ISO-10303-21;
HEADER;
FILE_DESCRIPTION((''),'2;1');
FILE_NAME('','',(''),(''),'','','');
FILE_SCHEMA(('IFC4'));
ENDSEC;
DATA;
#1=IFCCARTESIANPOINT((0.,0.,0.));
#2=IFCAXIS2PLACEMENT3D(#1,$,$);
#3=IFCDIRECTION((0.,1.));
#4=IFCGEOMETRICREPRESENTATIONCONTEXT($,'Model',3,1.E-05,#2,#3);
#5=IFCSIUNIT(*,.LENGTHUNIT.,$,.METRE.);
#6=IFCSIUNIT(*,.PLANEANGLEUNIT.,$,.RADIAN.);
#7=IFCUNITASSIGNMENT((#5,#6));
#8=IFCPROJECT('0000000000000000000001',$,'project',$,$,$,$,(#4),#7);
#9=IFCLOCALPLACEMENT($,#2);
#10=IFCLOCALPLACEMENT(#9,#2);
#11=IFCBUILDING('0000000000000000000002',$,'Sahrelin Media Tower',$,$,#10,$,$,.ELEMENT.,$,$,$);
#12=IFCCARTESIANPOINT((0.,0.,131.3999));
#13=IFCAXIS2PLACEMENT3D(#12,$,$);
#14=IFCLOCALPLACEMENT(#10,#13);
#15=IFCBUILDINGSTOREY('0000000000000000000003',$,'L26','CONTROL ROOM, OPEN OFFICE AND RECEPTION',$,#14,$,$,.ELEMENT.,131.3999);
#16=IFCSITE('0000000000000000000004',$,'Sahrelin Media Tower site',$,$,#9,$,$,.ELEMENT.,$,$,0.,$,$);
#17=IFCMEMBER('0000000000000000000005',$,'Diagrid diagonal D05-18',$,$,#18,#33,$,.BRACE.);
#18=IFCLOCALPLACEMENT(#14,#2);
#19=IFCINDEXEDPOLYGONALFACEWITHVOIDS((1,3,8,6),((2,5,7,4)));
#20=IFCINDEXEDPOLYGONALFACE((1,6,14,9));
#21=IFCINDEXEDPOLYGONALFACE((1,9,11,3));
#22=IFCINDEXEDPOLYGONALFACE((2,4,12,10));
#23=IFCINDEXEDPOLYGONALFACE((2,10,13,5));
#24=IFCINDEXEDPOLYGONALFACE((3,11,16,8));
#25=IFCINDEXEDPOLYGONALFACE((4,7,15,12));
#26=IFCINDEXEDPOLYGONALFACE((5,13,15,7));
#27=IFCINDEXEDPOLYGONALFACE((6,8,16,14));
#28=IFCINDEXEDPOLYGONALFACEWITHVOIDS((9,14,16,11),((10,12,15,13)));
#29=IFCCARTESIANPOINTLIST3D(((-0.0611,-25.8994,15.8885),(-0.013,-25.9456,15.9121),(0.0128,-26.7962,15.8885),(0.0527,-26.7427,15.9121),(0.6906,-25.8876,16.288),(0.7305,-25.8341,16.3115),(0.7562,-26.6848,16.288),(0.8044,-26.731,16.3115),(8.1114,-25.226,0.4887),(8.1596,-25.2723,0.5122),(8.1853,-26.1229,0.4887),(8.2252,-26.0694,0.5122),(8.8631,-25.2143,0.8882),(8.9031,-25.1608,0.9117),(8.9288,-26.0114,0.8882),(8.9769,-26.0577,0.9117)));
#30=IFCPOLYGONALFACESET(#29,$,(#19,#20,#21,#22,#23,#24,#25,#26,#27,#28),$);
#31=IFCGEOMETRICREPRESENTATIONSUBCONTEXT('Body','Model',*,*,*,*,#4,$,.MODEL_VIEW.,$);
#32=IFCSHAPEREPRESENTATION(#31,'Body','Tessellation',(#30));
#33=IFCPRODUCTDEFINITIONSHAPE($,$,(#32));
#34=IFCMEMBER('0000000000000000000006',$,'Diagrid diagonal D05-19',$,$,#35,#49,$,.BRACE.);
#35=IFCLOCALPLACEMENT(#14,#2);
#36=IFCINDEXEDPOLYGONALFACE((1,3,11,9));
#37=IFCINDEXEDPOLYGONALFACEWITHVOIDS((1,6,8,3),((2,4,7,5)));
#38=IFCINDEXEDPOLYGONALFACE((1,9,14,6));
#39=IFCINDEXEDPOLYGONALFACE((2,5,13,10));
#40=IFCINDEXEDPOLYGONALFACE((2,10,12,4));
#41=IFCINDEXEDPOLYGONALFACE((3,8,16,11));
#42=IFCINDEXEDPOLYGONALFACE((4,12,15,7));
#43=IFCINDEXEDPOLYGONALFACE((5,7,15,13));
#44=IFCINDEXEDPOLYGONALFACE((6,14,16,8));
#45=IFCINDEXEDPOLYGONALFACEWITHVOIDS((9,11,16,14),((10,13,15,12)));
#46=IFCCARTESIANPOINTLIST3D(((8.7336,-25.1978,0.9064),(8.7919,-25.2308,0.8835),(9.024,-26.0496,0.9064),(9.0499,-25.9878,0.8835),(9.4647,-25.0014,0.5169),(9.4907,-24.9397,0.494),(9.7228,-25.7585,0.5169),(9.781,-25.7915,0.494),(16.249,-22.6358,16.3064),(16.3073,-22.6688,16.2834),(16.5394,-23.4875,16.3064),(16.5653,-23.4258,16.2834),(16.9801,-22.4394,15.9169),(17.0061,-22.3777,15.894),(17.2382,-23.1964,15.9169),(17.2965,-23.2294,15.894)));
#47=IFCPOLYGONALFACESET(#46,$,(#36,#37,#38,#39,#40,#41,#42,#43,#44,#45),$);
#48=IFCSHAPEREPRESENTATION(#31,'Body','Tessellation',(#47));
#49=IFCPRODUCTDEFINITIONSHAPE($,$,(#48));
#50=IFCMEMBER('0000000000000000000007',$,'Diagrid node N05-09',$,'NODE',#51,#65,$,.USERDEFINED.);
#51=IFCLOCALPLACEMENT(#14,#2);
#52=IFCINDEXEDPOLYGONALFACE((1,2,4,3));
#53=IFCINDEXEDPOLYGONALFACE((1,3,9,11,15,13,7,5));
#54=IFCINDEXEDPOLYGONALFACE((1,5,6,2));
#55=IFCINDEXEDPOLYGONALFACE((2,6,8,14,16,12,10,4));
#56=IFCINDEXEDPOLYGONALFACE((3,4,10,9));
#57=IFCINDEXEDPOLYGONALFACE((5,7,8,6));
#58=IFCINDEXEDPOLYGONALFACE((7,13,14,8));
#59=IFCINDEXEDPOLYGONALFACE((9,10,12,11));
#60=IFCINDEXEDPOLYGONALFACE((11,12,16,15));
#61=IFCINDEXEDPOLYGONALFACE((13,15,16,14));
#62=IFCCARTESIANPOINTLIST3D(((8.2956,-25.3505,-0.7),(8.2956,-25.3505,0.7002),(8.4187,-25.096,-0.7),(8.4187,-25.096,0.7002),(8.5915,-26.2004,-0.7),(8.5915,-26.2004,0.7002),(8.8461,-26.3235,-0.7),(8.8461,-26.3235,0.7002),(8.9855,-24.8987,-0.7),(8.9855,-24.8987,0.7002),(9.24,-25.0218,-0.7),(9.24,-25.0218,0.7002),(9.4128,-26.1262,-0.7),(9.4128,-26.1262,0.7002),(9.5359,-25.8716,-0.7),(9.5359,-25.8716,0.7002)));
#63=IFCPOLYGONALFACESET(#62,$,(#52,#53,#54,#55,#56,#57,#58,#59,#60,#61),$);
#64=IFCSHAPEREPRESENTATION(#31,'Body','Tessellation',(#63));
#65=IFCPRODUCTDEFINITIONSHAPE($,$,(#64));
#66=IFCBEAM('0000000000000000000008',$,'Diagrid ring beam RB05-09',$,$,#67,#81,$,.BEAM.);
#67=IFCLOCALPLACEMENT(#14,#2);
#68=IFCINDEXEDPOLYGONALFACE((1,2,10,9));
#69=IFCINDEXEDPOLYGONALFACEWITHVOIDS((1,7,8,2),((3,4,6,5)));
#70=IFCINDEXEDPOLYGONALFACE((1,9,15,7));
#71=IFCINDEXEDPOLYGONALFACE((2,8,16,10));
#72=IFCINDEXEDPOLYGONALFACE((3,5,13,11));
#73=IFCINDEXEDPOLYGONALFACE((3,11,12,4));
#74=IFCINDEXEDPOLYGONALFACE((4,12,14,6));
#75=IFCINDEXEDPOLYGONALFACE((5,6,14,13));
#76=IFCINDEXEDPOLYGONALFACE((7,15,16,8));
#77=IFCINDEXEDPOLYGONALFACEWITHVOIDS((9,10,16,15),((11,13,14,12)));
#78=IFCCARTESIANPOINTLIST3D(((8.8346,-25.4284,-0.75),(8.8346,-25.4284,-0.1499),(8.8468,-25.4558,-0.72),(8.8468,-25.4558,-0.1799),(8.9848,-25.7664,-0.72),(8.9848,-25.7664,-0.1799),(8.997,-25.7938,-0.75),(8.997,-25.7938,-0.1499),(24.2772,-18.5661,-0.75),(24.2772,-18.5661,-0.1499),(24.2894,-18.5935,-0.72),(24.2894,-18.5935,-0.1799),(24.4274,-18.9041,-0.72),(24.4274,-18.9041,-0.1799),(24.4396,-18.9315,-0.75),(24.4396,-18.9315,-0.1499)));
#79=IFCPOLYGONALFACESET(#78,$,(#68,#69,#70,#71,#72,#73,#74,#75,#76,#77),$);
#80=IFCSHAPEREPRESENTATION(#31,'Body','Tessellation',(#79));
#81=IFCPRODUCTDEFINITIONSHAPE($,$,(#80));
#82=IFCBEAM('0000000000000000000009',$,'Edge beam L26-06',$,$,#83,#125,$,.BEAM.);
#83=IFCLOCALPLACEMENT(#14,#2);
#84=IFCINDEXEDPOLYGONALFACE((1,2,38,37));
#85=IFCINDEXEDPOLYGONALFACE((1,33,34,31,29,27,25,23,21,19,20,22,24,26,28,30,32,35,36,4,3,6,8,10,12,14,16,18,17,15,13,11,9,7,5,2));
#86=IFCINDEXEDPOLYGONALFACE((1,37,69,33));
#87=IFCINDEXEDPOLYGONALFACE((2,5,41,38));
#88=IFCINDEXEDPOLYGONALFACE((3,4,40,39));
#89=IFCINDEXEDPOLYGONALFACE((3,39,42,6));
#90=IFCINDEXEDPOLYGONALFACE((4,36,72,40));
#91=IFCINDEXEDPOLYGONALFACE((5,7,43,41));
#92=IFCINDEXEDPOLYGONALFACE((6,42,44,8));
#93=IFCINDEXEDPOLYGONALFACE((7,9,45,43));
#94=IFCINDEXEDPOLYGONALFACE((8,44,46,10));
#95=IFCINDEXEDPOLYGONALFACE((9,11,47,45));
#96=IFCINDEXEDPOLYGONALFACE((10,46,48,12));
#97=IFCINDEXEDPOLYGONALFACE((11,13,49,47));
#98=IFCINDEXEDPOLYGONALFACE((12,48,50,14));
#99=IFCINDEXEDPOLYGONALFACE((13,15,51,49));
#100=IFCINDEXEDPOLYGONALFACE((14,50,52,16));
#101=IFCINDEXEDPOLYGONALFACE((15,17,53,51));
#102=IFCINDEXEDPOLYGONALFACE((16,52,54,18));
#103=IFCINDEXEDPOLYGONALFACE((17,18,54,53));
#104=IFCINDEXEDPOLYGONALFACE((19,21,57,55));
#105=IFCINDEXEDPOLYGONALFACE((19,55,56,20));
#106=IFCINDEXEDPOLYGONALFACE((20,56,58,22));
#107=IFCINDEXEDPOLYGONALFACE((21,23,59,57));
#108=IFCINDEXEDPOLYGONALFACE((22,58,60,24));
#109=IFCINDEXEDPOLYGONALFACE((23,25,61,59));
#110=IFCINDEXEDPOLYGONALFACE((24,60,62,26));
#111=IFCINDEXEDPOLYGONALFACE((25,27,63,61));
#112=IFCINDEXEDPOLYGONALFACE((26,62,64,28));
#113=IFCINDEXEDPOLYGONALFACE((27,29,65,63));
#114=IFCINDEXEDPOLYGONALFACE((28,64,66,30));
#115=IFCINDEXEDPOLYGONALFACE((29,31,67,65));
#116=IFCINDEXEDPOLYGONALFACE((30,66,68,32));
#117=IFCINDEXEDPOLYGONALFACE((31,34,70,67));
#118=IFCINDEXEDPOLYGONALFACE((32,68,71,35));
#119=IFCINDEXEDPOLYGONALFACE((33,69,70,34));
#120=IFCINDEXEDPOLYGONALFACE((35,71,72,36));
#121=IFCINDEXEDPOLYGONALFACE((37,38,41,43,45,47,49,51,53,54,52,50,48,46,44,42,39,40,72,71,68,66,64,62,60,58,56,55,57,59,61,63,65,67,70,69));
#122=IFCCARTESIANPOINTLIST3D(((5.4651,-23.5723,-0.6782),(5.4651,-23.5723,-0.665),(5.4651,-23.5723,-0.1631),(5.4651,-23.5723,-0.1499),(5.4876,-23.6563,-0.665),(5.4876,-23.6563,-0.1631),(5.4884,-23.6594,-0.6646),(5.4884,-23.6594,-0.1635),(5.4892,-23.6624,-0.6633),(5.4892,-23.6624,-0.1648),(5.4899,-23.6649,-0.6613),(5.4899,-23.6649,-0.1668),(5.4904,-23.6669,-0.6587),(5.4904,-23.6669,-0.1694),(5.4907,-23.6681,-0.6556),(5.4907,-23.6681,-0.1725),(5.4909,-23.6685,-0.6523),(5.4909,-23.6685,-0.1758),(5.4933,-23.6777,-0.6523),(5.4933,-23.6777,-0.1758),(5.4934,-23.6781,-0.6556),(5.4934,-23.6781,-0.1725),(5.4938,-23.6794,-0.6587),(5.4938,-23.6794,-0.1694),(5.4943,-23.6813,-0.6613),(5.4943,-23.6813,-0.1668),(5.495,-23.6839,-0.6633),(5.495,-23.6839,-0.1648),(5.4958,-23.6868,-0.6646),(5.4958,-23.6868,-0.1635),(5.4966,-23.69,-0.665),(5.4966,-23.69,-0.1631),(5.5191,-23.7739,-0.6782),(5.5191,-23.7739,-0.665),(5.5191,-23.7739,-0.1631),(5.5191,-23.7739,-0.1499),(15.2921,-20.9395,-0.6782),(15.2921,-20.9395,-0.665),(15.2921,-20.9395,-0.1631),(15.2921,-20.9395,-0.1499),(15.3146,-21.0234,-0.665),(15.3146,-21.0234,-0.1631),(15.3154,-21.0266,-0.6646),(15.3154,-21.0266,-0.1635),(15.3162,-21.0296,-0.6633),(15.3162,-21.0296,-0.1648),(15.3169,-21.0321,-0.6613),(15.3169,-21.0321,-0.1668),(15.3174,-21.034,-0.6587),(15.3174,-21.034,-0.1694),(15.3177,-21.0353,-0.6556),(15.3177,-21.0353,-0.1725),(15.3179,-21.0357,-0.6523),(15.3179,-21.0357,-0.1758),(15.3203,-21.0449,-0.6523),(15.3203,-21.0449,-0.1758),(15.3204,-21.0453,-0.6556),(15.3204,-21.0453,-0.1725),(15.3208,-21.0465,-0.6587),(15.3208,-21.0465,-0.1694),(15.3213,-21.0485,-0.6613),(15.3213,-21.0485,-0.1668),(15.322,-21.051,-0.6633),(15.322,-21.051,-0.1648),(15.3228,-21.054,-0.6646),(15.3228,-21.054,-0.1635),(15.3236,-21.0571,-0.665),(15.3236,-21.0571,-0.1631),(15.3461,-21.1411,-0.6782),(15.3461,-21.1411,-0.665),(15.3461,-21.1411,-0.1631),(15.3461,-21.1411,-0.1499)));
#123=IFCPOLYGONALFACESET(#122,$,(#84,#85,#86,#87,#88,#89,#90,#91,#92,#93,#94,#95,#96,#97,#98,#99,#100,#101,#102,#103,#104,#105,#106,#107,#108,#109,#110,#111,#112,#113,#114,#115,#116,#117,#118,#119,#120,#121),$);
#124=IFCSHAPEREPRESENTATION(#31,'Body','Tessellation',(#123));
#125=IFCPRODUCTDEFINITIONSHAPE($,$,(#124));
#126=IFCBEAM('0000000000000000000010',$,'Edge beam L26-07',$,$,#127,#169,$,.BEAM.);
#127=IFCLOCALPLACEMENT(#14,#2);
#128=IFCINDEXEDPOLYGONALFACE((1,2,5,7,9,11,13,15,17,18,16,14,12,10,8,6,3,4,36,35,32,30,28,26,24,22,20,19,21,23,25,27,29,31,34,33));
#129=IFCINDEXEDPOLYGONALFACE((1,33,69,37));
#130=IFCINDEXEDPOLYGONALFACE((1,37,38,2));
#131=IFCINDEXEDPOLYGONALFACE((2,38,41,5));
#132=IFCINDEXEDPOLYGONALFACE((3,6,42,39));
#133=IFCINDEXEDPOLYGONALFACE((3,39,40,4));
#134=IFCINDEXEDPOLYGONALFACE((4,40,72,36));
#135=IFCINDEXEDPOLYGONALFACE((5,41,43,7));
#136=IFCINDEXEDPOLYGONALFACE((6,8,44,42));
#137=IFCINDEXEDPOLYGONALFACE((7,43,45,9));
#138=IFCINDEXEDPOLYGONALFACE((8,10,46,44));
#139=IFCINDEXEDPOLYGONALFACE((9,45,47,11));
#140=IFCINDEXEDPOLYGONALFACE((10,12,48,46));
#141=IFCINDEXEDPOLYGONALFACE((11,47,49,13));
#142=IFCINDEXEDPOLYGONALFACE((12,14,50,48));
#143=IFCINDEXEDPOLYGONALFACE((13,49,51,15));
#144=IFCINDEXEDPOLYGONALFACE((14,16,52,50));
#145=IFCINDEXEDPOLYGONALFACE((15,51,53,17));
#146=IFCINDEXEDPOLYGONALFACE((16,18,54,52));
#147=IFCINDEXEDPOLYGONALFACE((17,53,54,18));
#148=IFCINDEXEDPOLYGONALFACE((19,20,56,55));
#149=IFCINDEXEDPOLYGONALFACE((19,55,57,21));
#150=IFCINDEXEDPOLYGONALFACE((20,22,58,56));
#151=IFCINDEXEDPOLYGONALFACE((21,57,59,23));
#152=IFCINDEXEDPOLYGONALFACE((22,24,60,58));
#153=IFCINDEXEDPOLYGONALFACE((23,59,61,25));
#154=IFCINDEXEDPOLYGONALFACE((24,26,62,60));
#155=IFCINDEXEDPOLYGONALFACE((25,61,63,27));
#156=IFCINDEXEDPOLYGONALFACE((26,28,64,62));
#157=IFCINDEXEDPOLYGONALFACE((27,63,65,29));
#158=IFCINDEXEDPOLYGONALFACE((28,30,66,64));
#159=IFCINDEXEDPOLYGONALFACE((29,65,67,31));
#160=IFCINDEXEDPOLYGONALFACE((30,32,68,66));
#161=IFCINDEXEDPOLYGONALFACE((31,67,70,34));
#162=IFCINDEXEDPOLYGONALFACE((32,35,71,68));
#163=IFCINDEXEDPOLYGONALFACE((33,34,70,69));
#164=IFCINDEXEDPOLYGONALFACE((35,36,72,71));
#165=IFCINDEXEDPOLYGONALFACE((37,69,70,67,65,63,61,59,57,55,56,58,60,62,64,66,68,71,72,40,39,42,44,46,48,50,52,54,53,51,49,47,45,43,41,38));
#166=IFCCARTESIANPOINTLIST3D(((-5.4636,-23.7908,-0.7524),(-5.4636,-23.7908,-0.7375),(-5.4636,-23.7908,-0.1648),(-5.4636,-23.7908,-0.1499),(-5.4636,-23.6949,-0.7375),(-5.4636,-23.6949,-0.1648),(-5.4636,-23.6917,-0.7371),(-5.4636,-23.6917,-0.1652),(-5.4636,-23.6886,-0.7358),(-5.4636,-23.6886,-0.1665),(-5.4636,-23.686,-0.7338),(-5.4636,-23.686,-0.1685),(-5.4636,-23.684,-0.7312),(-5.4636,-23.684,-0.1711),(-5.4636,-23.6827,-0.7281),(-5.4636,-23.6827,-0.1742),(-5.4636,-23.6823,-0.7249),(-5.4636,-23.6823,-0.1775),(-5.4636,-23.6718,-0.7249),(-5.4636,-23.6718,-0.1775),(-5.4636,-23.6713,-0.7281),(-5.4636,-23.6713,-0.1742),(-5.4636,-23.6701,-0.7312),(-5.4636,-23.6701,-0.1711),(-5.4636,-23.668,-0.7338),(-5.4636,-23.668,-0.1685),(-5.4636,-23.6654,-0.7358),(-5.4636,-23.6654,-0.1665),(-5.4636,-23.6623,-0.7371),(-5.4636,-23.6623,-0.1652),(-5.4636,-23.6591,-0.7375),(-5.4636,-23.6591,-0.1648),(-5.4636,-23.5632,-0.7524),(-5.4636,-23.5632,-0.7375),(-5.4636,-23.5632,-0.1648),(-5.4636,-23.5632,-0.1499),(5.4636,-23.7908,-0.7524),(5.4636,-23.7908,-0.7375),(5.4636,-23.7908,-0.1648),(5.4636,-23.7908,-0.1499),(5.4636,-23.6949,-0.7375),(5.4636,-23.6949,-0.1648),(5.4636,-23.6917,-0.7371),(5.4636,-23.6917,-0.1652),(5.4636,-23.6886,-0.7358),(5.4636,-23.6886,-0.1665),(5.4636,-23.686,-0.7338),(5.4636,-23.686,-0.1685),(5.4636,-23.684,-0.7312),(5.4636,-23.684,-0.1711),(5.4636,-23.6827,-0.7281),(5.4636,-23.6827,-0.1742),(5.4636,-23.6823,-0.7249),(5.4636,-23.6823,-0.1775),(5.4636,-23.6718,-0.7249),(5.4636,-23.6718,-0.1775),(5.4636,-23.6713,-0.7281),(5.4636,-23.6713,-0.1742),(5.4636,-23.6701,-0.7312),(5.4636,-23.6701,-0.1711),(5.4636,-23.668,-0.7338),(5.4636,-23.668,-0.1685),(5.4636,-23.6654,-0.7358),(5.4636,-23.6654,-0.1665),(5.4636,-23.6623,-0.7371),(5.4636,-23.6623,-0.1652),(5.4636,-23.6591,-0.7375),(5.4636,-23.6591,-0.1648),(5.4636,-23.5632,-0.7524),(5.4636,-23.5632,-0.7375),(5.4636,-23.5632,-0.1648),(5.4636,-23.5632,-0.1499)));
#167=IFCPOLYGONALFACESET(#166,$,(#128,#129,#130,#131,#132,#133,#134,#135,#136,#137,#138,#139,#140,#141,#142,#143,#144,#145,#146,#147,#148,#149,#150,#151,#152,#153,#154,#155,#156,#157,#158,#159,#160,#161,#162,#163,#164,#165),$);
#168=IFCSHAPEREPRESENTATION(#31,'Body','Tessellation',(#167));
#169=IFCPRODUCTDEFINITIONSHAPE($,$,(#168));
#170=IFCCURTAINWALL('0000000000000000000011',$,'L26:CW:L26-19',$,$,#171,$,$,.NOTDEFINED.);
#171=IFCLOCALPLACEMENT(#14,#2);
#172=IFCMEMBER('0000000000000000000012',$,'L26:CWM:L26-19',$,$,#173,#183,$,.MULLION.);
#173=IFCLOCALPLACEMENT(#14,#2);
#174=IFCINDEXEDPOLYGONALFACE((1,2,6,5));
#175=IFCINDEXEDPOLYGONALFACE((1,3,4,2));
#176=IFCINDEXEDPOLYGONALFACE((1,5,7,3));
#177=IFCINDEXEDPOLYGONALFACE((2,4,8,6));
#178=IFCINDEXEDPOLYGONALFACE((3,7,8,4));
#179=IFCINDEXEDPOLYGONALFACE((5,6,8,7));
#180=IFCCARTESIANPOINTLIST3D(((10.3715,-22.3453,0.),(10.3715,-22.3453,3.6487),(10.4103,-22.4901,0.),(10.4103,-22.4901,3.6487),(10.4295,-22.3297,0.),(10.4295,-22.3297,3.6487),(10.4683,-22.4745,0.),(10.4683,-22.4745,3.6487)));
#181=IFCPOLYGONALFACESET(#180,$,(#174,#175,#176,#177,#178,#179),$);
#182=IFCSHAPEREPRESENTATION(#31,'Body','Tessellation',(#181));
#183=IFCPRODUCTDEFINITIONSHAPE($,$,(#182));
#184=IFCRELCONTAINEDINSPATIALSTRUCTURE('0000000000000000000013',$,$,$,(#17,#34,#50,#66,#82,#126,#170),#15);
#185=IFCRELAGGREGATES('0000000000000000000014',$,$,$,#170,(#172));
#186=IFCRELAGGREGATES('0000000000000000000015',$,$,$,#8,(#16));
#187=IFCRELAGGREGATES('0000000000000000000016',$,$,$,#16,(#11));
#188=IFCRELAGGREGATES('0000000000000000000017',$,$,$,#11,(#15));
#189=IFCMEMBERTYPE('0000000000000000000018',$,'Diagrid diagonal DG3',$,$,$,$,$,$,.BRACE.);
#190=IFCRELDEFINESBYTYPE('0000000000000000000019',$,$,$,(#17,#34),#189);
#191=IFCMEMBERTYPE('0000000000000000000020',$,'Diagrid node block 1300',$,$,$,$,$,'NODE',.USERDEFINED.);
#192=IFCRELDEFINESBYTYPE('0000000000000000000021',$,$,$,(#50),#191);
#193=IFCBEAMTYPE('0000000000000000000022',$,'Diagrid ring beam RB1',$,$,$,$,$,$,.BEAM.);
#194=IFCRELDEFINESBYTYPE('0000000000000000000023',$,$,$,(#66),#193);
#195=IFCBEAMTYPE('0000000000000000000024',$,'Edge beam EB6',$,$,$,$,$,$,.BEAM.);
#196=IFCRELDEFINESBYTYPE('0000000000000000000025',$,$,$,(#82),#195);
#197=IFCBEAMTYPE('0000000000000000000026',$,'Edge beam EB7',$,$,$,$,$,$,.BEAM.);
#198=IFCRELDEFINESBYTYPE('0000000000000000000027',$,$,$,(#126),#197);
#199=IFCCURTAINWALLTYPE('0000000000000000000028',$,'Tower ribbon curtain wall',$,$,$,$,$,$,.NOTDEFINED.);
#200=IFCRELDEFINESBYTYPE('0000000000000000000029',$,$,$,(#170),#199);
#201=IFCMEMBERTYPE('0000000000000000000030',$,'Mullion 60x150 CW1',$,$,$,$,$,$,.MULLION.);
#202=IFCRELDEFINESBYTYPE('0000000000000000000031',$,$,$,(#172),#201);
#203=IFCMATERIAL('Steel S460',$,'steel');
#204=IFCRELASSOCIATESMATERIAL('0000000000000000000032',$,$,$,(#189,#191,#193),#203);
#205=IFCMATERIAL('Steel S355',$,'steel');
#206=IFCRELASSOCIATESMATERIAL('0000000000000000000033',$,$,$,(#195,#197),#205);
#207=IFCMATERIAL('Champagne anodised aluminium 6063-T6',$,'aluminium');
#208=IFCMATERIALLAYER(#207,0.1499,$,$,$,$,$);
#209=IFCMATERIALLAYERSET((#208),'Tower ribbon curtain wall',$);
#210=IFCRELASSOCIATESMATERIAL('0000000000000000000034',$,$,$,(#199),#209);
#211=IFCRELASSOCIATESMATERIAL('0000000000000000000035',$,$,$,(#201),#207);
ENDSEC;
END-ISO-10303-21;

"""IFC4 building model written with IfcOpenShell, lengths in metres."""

from ifc_helpers import new_model, si_unit, direction, frame, origin, origin_2d, place, context, subcontext, project, spatial, polyline, rectangle, hollow_rectangle, i_section, outline, extrude, material, layer, layer_set, material_profile, profile_set, type_object, element, aggregate, save


model = new_model("IFC4")

# Units and contexts
model_context = context("Model", 3, precision=1e-05, world=origin(), true_north=direction((0.0, 1.0)))
body_context = subcontext(model_context, "Body", "Model", "MODEL_VIEW")
ifc_project = project(units=[si_unit("LENGTHUNIT", "METRE"), si_unit("PLANEANGLEUNIT", "RADIAN")], contexts=[model_context])

# Site, building, storey
site_placement = place(None, origin())
site = spatial("IfcSite", under=ifc_project, at=site_placement, Name="Sahrelin Media Tower site", CompositionType="ELEMENT", RefElevation=0.0)
building_placement = place(site_placement, origin())
building = spatial("IfcBuilding", under=site, at=building_placement, Name="Sahrelin Media Tower", CompositionType="ELEMENT")
storey_placement = place(building_placement, frame((0.0, 0.0, 131.3999)))
storey = spatial("IfcBuildingStorey", under=building, at=storey_placement, Name="L26", Description="CONTROL ROOM, OPEN OFFICE AND RECEPTION", CompositionType="ELEMENT", Elevation=131.3999)

# Members
ifc_material_1 = material(Name="Steel S460", Category="steel")
ifc_material_profile_1 = material_profile(ifc_material_1, hollow_rectangle(XDim=0.8999, YDim=0.8999, WallThickness=0.05, at=origin_2d()), Name="Diagrid diagonal DG3")
ifc_profile_set_1 = profile_set([ifc_material_profile_1], Name="Steel S460")
member_type_1 = type_object("IfcMemberType", Name="Diagrid diagonal DG3", PredefinedType="BRACE", material=ifc_profile_set_1)
member_1_placement = place(storey_placement, frame((8.5442, -25.6418, 0.7002), z_axis=(-0.468422, -0.038593, 0.882662), x_axis=(0.082112, -0.996623, 0.0)))
element("IfcMember", 1, at=member_1_placement, inside=storey, type_object=member_type_1, Name="Diagrid diagonal D05-18", PredefinedType="BRACE", context=body_context, shape_type="SweptSolid", body=[
    extrude(hollow_rectangle(XDim=0.8999, YDim=0.8999, WallThickness=0.05, at=origin_2d()), origin(), (0.0, 0.0, 1.0), 17.447),
])
member_2_placement = place(storey_placement, frame((9.2573, -25.4946, 0.7002), z_axis=(0.433755, 0.147868, 0.888815), x_axis=(-0.322668, 0.946512, 0.0)))
element("IfcMember", 2, at=member_2_placement, inside=storey, type_object=member_type_1, Name="Diagrid diagonal D05-19", PredefinedType="BRACE", context=body_context, shape_type="SweptSolid", body=[
    extrude(hollow_rectangle(XDim=0.8999, YDim=0.8999, WallThickness=0.05, at=origin_2d()), origin(), (0.0, 0.0, 1.0), 17.3264),
])
ifc_material_profile_2 = material_profile(ifc_material_1, outline(polyline([(0.45, -0.5), (0.6499, -0.3), (0.6499, 0.3), (0.45, 0.5), (-0.45, 0.5), (-0.6499, 0.3), (-0.6499, -0.3), (-0.45, -0.5), (0.45, -0.5)])), Name="Diagrid node block 1300")
ifc_profile_set_2 = profile_set([ifc_material_profile_2], Name="Steel S460")
member_type_2 = type_object("IfcMemberType", Name="Diagrid node block 1300", ElementType="NODE", PredefinedType="USERDEFINED", material=ifc_profile_set_2)
member_3_placement = place(storey_placement, frame((8.9158, -25.6111, -0.7), z_axis=(0.0, 0.0, 1.0), x_axis=(0.328769, -0.94441, 0.0)))
element("IfcMember", 3, at=member_3_placement, inside=storey, type_object=member_type_2, Name="Diagrid node N05-09", ObjectType="NODE", PredefinedType="USERDEFINED", context=body_context, shape_type="SweptSolid", body=[
    extrude(outline(polyline([(0.45, -0.5), (0.6499, -0.3), (0.6499, 0.3), (0.45, 0.5), (-0.45, 0.5), (-0.6499, 0.3), (-0.6499, -0.3), (-0.45, -0.5), (0.45, -0.5)])), origin(), (0.0, 0.0, 1.0), 1.4001),
])

# Beams
ifc_material_profile_3 = material_profile(ifc_material_1, hollow_rectangle(XDim=0.3999, YDim=0.6001, WallThickness=0.03, at=origin_2d()), Name="Diagrid ring beam RB1")
ifc_profile_set_3 = profile_set([ifc_material_profile_3], Name="Steel S460")
beam_type_1 = type_object("IfcBeamType", Name="Diagrid ring beam RB1", PredefinedType="BEAM", material=ifc_profile_set_3)
beam_1_placement = place(storey_placement, frame((8.9158, -25.6111, -0.45), z_axis=(0.913835, 0.406085, 0.0), x_axis=(-0.406085, 0.913835, 0.0)))
element("IfcBeam", 4, at=beam_1_placement, inside=storey, type_object=beam_type_1, Name="Diagrid ring beam RB05-09", PredefinedType="BEAM", context=body_context, shape_type="SweptSolid", body=[
    extrude(hollow_rectangle(XDim=0.3999, YDim=0.6001, WallThickness=0.03, at=origin_2d()), origin(), (0.0, 0.0, 1.0), 16.8987),
])
ifc_material_2 = material(Name="Steel S355", Category="steel")
ifc_material_profile_4 = material_profile(ifc_material_2, i_section(OverallWidth=0.2087, OverallDepth=0.5283, WebThickness=0.0095, FlangeThickness=0.0132, FilletRadius=0.0127, at=origin_2d()), Name="UB 533x210x82")
ifc_profile_set_4 = profile_set([ifc_material_profile_4], Name="Steel S355")
beam_type_2 = type_object("IfcBeamType", Name="Edge beam EB6", PredefinedType="BEAM", material=ifc_profile_set_4)
beam_2_placement = place(storey_placement, frame((15.3191, -21.0403, -0.4141), z_axis=(-0.965933, -0.258792, 0.0), x_axis=(0.258792, -0.965933, 0.0)))
element("IfcBeam", 5, at=beam_2_placement, inside=storey, type_object=beam_type_2, Name="Edge beam L26-06", PredefinedType="BEAM", context=body_context, shape_type="SweptSolid", body=[
    extrude(i_section(OverallWidth=0.2087, OverallDepth=0.5283, WebThickness=0.0095, FlangeThickness=0.0132, FilletRadius=0.0127, at=origin_2d()), origin(), (0.0, 0.0, 1.0), 10.1736),
])
ifc_material_profile_5 = material_profile(ifc_material_2, i_section(OverallWidth=0.2275, OverallDepth=0.6025, WebThickness=0.0105, FlangeThickness=0.0149, FilletRadius=0.0127, at=origin_2d()), Name="UB 610x229x101")
ifc_profile_set_5 = profile_set([ifc_material_profile_5], Name="Steel S355")
beam_type_3 = type_object("IfcBeamType", Name="Edge beam EB7", PredefinedType="BEAM", material=ifc_profile_set_5)
beam_3_placement = place(storey_placement, frame((5.4636, -23.677, -0.4512), z_axis=(-1.0, 0.0, 0.0), x_axis=(0.0, -1.0, 0.0)))
element("IfcBeam", 6, at=beam_3_placement, inside=storey, type_object=beam_type_3, Name="Edge beam L26-07", PredefinedType="BEAM", context=body_context, shape_type="SweptSolid", body=[
    extrude(i_section(OverallWidth=0.2275, OverallDepth=0.6025, WebThickness=0.0105, FlangeThickness=0.0149, FilletRadius=0.0127, at=origin_2d()), origin(), (0.0, 0.0, 1.0), 10.9272),
])

# Curtain wall, member
ifc_material_3 = material(Name="Champagne anodised aluminium 6063-T6", Category="aluminium")
ifc_layer_1 = layer(ifc_material_3, 0.1499)
ifc_layer_set_1 = layer_set([ifc_layer_1], Name="Tower ribbon curtain wall")
curtain_wall_type = type_object("IfcCurtainWallType", Name="Tower ribbon curtain wall", PredefinedType="NOTDEFINED", material=ifc_layer_set_1)
curtain_wall_placement = place(storey_placement, frame((10.4443, -22.5017, 0.0), z_axis=(0.0, 0.0, 1.0), x_axis=(1.0, 0.0, 0.0)))
curtain_wall = element("IfcCurtainWall", 7, at=curtain_wall_placement, inside=storey, type_object=curtain_wall_type, Name="L26:CW:L26-19", PredefinedType="NOTDEFINED")
ifc_material_profile_6 = material_profile(ifc_material_3, rectangle(XDim=0.0601, YDim=0.1499, at=origin_2d()), Name="Mullion 60x150")
ifc_profile_set_6 = profile_set([ifc_material_profile_6], Name="Champagne anodised aluminium 6063-T6")
member_type_3 = type_object("IfcMemberType", Name="Mullion 60x150 CW1", PredefinedType="MULLION", material=ifc_profile_set_6)
member_4_placement = place(storey_placement, frame((10.4199, -22.4099, 0.0), z_axis=(0.0, 0.0, 1.0), x_axis=(0.965926, 0.258817, 0.0)))
member_4 = element("IfcMember", 8, at=member_4_placement, type_object=member_type_3, Name="L26:CWM:L26-19", PredefinedType="MULLION", context=body_context, shape_type="SweptSolid", body=[
    extrude(rectangle(XDim=0.0601, YDim=0.1499, at=origin_2d()), origin(), (0.0, 0.0, 1.0), 3.6487),
])

aggregate(curtain_wall, [member_4])

save(model, "model.ifc")
